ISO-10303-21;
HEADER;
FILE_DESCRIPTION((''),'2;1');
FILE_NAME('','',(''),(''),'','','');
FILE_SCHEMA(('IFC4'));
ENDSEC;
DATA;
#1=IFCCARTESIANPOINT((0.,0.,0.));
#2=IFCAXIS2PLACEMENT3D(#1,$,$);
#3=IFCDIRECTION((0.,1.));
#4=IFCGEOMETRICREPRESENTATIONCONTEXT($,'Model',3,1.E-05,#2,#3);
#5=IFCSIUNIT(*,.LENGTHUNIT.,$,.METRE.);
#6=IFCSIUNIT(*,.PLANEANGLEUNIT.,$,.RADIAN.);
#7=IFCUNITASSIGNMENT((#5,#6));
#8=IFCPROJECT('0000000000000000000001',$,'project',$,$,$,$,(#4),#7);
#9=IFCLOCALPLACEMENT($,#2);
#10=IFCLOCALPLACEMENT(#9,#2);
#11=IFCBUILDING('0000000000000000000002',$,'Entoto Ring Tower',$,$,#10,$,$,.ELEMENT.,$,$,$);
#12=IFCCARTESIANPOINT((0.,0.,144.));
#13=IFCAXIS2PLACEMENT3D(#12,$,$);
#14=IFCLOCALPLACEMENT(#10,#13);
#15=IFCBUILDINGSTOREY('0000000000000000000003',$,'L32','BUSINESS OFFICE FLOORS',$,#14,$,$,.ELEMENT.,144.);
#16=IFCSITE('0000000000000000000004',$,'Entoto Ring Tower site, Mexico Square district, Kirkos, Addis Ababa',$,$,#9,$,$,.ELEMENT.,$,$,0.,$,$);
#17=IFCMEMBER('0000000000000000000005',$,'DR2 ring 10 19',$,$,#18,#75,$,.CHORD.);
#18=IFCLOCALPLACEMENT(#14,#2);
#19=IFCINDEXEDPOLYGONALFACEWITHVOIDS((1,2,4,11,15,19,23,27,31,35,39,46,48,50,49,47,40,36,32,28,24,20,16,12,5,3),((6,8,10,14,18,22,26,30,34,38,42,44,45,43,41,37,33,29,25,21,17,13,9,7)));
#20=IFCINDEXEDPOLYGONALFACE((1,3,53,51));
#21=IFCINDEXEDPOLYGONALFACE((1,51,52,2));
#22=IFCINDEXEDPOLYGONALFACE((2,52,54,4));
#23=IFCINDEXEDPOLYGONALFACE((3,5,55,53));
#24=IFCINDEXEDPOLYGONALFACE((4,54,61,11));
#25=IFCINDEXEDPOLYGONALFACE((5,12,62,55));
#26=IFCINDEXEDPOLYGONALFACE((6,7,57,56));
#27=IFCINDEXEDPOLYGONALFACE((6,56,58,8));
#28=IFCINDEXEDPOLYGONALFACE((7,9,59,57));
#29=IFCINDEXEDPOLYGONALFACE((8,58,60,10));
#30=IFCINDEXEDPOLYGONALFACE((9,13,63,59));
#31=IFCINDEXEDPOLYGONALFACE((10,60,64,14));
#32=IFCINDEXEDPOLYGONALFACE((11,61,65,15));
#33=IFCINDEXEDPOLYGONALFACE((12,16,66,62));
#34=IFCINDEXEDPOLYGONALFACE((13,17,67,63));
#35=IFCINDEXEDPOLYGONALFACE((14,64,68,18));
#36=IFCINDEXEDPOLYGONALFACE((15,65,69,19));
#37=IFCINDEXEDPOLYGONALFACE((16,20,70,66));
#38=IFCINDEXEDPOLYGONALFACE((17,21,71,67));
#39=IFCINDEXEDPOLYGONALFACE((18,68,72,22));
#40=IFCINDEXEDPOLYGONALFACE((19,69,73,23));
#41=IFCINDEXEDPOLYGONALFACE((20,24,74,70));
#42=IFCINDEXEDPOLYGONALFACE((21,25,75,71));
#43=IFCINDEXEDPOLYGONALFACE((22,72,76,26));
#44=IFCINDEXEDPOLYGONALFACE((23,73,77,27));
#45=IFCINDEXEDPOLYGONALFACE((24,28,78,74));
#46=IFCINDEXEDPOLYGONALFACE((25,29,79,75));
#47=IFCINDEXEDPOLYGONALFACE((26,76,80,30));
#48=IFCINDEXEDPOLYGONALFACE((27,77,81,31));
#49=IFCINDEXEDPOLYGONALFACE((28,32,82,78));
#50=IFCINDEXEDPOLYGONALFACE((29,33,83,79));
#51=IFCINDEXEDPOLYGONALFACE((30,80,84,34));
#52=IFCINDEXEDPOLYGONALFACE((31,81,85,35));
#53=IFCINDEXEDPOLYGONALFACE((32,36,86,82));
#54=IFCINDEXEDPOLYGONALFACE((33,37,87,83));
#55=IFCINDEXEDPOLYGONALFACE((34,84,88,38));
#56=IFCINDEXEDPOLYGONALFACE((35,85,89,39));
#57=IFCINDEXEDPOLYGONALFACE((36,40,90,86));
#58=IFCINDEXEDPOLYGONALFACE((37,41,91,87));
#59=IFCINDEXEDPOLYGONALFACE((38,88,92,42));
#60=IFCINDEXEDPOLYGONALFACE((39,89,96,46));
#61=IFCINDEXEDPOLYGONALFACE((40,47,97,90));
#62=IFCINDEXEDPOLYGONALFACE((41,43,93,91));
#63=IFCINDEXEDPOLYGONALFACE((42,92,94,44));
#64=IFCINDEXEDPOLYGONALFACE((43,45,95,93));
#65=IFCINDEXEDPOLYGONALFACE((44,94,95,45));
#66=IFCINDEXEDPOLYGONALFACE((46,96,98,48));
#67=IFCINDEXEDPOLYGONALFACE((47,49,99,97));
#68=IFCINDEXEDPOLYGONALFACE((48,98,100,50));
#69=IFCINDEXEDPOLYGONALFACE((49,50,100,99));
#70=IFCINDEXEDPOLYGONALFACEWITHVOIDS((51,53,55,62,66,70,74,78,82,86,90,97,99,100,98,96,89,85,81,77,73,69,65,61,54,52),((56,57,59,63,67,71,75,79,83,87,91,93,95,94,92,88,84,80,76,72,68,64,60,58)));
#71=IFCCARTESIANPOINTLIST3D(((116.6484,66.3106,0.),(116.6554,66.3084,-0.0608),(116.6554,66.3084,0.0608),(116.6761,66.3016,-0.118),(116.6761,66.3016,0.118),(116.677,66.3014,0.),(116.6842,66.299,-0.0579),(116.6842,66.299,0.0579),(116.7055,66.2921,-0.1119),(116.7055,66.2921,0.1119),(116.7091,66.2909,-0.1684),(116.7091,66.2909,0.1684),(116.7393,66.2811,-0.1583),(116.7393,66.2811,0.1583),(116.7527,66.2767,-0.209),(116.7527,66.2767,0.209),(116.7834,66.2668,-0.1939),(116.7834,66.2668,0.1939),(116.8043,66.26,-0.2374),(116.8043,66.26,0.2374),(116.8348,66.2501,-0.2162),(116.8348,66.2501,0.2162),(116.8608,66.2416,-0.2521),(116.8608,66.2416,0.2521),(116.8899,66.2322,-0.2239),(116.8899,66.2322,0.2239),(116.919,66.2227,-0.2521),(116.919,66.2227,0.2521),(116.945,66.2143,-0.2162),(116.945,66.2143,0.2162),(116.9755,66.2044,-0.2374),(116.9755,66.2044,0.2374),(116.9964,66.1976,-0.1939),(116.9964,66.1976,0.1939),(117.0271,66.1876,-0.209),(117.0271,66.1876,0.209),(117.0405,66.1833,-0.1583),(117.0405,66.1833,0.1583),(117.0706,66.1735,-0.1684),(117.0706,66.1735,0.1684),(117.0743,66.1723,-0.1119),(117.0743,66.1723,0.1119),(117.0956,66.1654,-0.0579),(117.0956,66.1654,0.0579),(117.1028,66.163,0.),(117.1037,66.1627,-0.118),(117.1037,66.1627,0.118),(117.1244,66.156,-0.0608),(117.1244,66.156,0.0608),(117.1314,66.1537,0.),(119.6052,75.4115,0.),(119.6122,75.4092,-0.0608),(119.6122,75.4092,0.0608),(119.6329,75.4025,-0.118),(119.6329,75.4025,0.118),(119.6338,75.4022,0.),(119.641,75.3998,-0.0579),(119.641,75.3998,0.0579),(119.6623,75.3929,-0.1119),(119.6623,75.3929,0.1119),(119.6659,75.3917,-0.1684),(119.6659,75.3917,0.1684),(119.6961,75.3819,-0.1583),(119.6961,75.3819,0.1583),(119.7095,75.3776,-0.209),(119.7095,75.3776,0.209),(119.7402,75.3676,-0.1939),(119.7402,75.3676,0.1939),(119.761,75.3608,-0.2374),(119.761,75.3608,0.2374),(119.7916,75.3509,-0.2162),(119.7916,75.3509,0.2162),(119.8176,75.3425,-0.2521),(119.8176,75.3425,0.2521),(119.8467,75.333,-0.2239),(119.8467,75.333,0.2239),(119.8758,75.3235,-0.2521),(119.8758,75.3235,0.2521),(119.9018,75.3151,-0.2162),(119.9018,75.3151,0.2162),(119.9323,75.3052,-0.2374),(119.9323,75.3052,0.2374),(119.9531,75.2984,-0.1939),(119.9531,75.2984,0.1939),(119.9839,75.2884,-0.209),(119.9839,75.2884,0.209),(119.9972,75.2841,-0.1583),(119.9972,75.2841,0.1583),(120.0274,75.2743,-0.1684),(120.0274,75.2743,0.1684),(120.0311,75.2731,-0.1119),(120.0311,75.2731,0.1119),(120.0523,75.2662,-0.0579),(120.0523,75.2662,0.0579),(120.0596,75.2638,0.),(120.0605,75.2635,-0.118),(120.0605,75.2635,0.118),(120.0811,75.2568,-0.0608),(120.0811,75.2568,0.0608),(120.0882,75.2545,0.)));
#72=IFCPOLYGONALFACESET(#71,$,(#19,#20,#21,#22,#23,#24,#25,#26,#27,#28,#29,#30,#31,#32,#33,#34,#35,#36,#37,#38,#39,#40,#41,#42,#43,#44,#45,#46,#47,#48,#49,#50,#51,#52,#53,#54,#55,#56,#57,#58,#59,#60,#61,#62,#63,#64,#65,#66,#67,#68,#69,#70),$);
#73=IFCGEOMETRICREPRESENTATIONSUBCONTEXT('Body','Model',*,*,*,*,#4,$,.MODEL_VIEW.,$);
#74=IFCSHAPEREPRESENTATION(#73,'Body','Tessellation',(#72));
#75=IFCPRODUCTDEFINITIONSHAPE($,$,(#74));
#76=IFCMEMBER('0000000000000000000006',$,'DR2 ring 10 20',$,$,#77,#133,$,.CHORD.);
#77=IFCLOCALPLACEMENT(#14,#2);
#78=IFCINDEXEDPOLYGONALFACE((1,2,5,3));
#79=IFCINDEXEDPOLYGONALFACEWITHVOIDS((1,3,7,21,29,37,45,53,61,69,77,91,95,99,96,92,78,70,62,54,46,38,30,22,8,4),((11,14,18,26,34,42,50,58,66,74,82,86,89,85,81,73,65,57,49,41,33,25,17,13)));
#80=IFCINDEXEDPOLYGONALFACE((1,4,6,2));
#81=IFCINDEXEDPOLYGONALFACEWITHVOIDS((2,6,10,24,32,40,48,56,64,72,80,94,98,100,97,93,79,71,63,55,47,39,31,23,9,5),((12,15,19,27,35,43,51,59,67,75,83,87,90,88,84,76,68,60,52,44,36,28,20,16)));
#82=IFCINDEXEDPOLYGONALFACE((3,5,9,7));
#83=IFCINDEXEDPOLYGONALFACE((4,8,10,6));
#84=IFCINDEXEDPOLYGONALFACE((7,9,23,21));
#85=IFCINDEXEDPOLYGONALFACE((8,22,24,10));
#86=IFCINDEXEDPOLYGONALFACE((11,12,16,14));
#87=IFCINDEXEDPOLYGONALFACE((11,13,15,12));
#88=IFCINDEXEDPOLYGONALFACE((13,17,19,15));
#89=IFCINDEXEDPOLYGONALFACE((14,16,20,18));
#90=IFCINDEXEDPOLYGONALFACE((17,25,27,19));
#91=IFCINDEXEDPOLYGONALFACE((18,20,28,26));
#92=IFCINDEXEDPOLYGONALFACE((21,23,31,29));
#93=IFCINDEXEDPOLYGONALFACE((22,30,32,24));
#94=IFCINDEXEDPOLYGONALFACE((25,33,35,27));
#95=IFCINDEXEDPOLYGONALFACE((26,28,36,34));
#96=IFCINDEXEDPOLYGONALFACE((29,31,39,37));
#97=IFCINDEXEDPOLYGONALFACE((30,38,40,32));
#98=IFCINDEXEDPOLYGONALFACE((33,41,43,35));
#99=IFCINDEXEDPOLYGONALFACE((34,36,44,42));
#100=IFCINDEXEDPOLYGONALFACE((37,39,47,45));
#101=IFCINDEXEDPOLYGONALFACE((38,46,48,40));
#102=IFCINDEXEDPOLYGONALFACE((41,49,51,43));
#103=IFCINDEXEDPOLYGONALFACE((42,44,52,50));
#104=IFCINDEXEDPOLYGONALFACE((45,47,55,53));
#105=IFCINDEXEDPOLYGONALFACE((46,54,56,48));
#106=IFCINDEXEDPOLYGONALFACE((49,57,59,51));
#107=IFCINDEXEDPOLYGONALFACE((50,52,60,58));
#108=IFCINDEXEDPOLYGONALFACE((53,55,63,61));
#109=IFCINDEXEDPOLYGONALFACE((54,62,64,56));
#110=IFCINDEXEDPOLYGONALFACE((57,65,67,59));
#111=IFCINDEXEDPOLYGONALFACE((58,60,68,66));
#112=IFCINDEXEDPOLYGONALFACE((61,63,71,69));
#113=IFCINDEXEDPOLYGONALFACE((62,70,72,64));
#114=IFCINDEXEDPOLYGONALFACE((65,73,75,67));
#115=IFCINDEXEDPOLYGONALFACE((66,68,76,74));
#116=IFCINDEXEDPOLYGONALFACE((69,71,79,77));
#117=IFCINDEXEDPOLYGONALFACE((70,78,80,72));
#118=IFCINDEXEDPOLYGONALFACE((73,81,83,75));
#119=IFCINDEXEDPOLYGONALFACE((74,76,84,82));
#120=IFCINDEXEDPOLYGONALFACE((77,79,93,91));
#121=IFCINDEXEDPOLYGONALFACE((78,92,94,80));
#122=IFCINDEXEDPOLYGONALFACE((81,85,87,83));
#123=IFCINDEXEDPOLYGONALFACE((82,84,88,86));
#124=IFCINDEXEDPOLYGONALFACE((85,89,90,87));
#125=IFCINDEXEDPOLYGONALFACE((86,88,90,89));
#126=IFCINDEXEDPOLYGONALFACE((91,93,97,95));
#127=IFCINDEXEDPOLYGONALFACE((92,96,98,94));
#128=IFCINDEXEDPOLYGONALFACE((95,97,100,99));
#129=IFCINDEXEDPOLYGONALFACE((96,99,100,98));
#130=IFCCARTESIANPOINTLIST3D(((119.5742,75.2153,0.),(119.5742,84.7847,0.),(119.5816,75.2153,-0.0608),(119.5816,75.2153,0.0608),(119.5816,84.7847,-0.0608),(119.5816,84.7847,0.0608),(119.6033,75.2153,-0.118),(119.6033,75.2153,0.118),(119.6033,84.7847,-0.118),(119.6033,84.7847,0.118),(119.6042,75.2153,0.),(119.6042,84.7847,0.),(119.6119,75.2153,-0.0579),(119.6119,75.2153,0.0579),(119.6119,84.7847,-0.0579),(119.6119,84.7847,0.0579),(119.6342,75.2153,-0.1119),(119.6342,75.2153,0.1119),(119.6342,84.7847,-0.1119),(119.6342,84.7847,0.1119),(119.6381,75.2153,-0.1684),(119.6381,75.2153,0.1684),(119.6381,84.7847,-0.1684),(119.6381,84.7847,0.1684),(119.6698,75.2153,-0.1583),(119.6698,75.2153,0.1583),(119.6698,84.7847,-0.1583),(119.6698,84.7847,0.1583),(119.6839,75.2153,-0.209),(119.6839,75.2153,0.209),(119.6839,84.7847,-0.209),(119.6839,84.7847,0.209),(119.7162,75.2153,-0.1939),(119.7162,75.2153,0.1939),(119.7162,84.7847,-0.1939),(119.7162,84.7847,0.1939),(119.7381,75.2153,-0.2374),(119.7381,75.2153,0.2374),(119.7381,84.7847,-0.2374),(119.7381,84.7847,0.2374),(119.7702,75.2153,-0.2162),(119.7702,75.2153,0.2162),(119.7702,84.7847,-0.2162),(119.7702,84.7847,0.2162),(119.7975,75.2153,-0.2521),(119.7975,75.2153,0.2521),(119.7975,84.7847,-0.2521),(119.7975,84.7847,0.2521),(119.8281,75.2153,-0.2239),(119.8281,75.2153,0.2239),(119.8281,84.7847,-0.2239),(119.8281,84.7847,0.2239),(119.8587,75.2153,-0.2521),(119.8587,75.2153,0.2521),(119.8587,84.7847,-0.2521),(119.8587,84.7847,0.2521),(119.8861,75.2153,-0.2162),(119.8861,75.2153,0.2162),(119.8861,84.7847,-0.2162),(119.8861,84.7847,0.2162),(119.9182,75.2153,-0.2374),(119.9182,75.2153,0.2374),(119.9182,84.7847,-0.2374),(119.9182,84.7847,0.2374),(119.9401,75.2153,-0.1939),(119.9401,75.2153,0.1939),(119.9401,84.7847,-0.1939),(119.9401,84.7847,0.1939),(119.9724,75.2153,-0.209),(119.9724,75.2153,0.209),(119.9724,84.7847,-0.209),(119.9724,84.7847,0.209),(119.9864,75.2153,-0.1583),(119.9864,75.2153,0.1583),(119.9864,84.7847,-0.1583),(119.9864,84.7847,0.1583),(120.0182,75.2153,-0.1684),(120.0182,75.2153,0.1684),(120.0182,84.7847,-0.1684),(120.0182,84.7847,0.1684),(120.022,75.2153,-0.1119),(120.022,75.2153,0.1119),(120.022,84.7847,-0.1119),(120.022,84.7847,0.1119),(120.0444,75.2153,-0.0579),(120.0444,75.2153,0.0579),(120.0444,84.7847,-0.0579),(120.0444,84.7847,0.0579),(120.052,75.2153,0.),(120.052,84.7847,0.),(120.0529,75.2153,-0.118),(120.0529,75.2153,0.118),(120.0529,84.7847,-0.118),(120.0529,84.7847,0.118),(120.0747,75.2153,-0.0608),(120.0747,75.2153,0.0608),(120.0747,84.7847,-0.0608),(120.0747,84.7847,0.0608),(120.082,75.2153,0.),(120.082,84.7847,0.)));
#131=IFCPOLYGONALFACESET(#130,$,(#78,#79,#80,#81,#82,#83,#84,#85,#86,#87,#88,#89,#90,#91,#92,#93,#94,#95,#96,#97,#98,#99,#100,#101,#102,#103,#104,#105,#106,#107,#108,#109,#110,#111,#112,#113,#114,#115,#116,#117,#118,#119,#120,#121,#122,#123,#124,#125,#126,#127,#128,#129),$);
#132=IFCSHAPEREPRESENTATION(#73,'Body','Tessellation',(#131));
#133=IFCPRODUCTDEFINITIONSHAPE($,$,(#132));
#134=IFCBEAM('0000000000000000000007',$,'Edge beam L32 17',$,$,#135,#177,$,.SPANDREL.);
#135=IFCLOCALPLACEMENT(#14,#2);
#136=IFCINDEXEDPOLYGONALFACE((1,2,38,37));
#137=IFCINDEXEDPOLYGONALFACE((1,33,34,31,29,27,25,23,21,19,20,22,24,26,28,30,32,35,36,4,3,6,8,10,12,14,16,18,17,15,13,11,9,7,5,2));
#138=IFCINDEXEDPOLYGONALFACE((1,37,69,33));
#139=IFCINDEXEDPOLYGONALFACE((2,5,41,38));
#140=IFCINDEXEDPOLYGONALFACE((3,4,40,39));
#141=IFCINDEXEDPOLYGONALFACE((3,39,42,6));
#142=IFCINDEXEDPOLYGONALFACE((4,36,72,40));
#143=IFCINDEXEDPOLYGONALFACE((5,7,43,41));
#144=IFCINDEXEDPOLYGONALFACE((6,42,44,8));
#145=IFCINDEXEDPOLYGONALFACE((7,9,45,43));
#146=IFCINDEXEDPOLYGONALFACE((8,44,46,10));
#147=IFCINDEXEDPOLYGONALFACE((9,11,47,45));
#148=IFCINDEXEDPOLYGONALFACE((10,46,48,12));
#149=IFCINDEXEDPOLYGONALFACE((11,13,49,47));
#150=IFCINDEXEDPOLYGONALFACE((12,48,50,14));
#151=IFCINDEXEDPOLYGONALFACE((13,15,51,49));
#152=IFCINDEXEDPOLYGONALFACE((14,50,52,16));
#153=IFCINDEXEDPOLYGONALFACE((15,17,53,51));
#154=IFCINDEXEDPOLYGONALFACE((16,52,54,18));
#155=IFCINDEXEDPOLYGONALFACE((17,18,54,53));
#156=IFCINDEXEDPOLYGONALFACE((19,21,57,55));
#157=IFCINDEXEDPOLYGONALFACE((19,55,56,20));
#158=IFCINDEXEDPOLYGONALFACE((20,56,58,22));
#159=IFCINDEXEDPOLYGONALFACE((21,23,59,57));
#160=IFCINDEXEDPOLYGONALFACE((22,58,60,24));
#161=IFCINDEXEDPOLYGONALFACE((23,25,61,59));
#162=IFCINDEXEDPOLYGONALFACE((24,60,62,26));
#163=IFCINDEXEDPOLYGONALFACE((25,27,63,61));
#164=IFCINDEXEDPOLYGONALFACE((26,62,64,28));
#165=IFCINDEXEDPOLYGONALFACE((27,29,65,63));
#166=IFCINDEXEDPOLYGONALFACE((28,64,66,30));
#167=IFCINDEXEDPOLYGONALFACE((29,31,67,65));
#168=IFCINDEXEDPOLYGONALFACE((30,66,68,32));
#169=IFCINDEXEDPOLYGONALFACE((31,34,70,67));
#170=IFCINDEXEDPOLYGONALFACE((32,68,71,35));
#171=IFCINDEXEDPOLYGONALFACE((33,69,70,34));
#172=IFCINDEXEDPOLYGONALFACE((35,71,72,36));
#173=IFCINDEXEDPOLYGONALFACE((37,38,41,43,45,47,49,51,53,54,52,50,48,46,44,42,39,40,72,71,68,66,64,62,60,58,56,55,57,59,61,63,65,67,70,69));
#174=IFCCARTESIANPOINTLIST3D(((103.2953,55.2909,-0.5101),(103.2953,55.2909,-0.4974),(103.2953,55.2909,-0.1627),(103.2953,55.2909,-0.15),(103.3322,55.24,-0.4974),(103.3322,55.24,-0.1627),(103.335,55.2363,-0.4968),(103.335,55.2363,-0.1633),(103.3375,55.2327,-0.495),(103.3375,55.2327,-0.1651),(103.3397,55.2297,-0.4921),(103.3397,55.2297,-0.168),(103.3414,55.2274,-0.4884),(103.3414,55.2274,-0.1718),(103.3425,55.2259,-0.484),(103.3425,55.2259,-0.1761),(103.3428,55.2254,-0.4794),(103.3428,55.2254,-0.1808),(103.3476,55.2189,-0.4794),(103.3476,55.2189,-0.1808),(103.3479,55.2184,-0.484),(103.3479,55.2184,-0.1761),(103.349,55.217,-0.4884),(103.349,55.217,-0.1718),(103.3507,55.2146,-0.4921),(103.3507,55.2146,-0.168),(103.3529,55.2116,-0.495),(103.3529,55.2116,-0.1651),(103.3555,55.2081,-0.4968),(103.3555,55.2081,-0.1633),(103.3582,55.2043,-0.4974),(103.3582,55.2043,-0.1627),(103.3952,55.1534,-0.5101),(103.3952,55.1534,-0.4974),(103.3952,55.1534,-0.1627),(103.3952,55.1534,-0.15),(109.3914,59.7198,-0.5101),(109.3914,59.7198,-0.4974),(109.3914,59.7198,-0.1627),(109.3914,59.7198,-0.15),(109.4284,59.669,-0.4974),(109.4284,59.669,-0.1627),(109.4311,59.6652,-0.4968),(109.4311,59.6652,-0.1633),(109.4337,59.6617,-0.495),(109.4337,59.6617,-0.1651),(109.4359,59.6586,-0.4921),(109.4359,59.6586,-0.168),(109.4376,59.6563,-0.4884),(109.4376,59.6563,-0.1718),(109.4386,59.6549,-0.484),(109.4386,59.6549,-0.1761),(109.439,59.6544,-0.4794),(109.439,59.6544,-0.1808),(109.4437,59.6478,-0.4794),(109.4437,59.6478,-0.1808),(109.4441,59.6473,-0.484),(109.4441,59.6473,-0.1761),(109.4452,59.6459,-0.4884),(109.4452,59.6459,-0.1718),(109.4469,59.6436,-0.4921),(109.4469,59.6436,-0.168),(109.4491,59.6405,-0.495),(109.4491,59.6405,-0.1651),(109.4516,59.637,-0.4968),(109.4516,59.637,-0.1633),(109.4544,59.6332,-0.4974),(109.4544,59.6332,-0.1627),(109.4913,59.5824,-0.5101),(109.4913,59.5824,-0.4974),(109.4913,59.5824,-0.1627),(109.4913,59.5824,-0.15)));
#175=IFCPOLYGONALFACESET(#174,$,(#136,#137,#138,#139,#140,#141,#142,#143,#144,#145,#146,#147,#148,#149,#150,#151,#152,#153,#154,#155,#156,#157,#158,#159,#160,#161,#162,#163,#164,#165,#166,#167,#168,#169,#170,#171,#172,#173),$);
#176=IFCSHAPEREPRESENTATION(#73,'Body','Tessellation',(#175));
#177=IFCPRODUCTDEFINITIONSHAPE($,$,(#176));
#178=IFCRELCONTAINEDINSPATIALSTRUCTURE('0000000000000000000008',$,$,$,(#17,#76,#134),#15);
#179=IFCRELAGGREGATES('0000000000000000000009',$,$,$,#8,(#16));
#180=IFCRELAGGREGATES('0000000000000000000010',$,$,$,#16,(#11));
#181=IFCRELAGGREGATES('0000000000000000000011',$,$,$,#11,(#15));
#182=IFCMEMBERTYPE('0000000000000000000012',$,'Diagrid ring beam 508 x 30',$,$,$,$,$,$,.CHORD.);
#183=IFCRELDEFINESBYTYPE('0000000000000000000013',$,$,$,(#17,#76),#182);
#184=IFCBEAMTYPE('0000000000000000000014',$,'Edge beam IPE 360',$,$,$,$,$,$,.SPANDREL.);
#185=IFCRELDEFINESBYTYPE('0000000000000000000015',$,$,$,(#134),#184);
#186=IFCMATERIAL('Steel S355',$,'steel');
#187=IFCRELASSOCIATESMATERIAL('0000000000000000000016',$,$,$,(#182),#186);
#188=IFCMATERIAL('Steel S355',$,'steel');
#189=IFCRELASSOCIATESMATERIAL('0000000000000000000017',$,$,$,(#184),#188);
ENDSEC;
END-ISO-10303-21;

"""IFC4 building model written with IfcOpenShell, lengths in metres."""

from ifc_helpers import new_model, si_unit, direction, frame, origin, origin_2d, place, context, subcontext, project, spatial, circle, hollow_circle, i_section, extrude, material, material_profile, profile_set, type_object, element, save


model = new_model("IFC4")

# Units and contexts
model_context = context("Model", 3, precision=1e-05, world=origin(), true_north=direction((0.0, 1.0)))
body_context = subcontext(model_context, "Body", "Model", "MODEL_VIEW")
ifc_project = project(units=[si_unit("LENGTHUNIT", "METRE"), si_unit("PLANEANGLEUNIT", "RADIAN")], contexts=[model_context])

# Site, building, storey
site_placement = place(None, origin())
site = spatial("IfcSite", under=ifc_project, at=site_placement, Name="Entoto Ring Tower site, Mexico Square district, Kirkos, Addis Ababa", CompositionType="ELEMENT", RefElevation=0.0)
building_placement = place(site_placement, origin())
building = spatial("IfcBuilding", under=site, at=building_placement, Name="Entoto Ring Tower", CompositionType="ELEMENT")
storey_placement = place(building_placement, frame((0.0, 0.0, 144.0)))
storey = spatial("IfcBuildingStorey", under=building, at=storey_placement, Name="L32", Description="BUSINESS OFFICE FLOORS", CompositionType="ELEMENT", Elevation=144.0)

# Members
ifc_material_1 = material(Name="Steel S355", Category="steel")
ifc_material_profile_1 = material_profile(ifc_material_1, hollow_circle(Radius=0.2539, WallThickness=0.03, at=origin_2d()), Name="CHS 508 x 30")
ifc_material_2 = material(Name="Concrete C60/75", Category="concrete")
ifc_material_profile_2 = material_profile(ifc_material_2, circle(Radius=0.2241, at=origin_2d()), Name="Concrete C60/75 infill")
ifc_profile_set_1 = profile_set([ifc_material_profile_1, ifc_material_profile_2], Name="Steel S355")
member_type_1 = type_object("IfcMemberType", Name="Diagrid ring beam 508 x 30", PredefinedType="CHORD", material=ifc_profile_set_1)
for number, where, z_axis, x_axis, name in (
    (1, (116.8899, 66.2322, 0.0), (0.308993, 0.951064, 0.0), (-0.951064, 0.308993, 0.0), "DR2 ring 10 19"),
):
    element("IfcMember", number, at=place(storey_placement, frame(where, z_axis=z_axis, x_axis=x_axis)), inside=storey, type_object=member_type_1, Name=name, PredefinedType="CHORD", context=body_context, shape_type="SweptSolid", body=[
        extrude(hollow_circle(Radius=0.2539, WallThickness=0.03, at=origin_2d()), origin(), (0.0, 0.0, 1.0), 9.5691),
    ])
member_placement = place(storey_placement, frame((119.8281, 75.2153, 0.0), z_axis=(0.0, 1.0, 0.0), x_axis=(-1.0, 0.0, 0.0)))
element("IfcMember", 2, at=member_placement, inside=storey, type_object=member_type_1, Name="DR2 ring 10 20", PredefinedType="CHORD", context=body_context, shape_type="SweptSolid", body=[
    extrude(hollow_circle(Radius=0.2539, WallThickness=0.03, at=origin_2d()), origin(), (0.0, 0.0, 1.0), 9.5693),
])

# Beam
ifc_material_3 = material(Name="Steel S355", Category="steel")
ifc_material_profile_3 = material_profile(ifc_material_3, i_section(OverallWidth=0.1699, OverallDepth=0.3601, WebThickness=0.0081, FlangeThickness=0.0127, FilletRadius=0.0181, at=origin_2d()), Name="IPE 360")
ifc_profile_set_2 = profile_set([ifc_material_profile_3], Name="Steel S355")
beam_type_1 = type_object("IfcBeamType", Name="Edge beam IPE 360", PredefinedType="SPANDREL", material=ifc_profile_set_2)
for number, where, z_axis, x_axis, name in (
    (3, (103.3452, 55.2222, -0.3301), (0.809029, 0.587769, 0.0), (-0.587769, 0.809029, 0.0), "Edge beam L32 17"),
):
    element("IfcBeam", number, at=place(storey_placement, frame(where, z_axis=z_axis, x_axis=x_axis)), inside=storey, type_object=beam_type_1, Name=name, PredefinedType="SPANDREL", context=body_context, shape_type="SweptSolid", body=[
        extrude(i_section(OverallWidth=0.1699, OverallDepth=0.3601, WebThickness=0.0081, FlangeThickness=0.0127, FilletRadius=0.0181, at=origin_2d()), origin(), (0.0, 0.0, 1.0), 7.5352),
    ])

save(model, "model.ifc")
